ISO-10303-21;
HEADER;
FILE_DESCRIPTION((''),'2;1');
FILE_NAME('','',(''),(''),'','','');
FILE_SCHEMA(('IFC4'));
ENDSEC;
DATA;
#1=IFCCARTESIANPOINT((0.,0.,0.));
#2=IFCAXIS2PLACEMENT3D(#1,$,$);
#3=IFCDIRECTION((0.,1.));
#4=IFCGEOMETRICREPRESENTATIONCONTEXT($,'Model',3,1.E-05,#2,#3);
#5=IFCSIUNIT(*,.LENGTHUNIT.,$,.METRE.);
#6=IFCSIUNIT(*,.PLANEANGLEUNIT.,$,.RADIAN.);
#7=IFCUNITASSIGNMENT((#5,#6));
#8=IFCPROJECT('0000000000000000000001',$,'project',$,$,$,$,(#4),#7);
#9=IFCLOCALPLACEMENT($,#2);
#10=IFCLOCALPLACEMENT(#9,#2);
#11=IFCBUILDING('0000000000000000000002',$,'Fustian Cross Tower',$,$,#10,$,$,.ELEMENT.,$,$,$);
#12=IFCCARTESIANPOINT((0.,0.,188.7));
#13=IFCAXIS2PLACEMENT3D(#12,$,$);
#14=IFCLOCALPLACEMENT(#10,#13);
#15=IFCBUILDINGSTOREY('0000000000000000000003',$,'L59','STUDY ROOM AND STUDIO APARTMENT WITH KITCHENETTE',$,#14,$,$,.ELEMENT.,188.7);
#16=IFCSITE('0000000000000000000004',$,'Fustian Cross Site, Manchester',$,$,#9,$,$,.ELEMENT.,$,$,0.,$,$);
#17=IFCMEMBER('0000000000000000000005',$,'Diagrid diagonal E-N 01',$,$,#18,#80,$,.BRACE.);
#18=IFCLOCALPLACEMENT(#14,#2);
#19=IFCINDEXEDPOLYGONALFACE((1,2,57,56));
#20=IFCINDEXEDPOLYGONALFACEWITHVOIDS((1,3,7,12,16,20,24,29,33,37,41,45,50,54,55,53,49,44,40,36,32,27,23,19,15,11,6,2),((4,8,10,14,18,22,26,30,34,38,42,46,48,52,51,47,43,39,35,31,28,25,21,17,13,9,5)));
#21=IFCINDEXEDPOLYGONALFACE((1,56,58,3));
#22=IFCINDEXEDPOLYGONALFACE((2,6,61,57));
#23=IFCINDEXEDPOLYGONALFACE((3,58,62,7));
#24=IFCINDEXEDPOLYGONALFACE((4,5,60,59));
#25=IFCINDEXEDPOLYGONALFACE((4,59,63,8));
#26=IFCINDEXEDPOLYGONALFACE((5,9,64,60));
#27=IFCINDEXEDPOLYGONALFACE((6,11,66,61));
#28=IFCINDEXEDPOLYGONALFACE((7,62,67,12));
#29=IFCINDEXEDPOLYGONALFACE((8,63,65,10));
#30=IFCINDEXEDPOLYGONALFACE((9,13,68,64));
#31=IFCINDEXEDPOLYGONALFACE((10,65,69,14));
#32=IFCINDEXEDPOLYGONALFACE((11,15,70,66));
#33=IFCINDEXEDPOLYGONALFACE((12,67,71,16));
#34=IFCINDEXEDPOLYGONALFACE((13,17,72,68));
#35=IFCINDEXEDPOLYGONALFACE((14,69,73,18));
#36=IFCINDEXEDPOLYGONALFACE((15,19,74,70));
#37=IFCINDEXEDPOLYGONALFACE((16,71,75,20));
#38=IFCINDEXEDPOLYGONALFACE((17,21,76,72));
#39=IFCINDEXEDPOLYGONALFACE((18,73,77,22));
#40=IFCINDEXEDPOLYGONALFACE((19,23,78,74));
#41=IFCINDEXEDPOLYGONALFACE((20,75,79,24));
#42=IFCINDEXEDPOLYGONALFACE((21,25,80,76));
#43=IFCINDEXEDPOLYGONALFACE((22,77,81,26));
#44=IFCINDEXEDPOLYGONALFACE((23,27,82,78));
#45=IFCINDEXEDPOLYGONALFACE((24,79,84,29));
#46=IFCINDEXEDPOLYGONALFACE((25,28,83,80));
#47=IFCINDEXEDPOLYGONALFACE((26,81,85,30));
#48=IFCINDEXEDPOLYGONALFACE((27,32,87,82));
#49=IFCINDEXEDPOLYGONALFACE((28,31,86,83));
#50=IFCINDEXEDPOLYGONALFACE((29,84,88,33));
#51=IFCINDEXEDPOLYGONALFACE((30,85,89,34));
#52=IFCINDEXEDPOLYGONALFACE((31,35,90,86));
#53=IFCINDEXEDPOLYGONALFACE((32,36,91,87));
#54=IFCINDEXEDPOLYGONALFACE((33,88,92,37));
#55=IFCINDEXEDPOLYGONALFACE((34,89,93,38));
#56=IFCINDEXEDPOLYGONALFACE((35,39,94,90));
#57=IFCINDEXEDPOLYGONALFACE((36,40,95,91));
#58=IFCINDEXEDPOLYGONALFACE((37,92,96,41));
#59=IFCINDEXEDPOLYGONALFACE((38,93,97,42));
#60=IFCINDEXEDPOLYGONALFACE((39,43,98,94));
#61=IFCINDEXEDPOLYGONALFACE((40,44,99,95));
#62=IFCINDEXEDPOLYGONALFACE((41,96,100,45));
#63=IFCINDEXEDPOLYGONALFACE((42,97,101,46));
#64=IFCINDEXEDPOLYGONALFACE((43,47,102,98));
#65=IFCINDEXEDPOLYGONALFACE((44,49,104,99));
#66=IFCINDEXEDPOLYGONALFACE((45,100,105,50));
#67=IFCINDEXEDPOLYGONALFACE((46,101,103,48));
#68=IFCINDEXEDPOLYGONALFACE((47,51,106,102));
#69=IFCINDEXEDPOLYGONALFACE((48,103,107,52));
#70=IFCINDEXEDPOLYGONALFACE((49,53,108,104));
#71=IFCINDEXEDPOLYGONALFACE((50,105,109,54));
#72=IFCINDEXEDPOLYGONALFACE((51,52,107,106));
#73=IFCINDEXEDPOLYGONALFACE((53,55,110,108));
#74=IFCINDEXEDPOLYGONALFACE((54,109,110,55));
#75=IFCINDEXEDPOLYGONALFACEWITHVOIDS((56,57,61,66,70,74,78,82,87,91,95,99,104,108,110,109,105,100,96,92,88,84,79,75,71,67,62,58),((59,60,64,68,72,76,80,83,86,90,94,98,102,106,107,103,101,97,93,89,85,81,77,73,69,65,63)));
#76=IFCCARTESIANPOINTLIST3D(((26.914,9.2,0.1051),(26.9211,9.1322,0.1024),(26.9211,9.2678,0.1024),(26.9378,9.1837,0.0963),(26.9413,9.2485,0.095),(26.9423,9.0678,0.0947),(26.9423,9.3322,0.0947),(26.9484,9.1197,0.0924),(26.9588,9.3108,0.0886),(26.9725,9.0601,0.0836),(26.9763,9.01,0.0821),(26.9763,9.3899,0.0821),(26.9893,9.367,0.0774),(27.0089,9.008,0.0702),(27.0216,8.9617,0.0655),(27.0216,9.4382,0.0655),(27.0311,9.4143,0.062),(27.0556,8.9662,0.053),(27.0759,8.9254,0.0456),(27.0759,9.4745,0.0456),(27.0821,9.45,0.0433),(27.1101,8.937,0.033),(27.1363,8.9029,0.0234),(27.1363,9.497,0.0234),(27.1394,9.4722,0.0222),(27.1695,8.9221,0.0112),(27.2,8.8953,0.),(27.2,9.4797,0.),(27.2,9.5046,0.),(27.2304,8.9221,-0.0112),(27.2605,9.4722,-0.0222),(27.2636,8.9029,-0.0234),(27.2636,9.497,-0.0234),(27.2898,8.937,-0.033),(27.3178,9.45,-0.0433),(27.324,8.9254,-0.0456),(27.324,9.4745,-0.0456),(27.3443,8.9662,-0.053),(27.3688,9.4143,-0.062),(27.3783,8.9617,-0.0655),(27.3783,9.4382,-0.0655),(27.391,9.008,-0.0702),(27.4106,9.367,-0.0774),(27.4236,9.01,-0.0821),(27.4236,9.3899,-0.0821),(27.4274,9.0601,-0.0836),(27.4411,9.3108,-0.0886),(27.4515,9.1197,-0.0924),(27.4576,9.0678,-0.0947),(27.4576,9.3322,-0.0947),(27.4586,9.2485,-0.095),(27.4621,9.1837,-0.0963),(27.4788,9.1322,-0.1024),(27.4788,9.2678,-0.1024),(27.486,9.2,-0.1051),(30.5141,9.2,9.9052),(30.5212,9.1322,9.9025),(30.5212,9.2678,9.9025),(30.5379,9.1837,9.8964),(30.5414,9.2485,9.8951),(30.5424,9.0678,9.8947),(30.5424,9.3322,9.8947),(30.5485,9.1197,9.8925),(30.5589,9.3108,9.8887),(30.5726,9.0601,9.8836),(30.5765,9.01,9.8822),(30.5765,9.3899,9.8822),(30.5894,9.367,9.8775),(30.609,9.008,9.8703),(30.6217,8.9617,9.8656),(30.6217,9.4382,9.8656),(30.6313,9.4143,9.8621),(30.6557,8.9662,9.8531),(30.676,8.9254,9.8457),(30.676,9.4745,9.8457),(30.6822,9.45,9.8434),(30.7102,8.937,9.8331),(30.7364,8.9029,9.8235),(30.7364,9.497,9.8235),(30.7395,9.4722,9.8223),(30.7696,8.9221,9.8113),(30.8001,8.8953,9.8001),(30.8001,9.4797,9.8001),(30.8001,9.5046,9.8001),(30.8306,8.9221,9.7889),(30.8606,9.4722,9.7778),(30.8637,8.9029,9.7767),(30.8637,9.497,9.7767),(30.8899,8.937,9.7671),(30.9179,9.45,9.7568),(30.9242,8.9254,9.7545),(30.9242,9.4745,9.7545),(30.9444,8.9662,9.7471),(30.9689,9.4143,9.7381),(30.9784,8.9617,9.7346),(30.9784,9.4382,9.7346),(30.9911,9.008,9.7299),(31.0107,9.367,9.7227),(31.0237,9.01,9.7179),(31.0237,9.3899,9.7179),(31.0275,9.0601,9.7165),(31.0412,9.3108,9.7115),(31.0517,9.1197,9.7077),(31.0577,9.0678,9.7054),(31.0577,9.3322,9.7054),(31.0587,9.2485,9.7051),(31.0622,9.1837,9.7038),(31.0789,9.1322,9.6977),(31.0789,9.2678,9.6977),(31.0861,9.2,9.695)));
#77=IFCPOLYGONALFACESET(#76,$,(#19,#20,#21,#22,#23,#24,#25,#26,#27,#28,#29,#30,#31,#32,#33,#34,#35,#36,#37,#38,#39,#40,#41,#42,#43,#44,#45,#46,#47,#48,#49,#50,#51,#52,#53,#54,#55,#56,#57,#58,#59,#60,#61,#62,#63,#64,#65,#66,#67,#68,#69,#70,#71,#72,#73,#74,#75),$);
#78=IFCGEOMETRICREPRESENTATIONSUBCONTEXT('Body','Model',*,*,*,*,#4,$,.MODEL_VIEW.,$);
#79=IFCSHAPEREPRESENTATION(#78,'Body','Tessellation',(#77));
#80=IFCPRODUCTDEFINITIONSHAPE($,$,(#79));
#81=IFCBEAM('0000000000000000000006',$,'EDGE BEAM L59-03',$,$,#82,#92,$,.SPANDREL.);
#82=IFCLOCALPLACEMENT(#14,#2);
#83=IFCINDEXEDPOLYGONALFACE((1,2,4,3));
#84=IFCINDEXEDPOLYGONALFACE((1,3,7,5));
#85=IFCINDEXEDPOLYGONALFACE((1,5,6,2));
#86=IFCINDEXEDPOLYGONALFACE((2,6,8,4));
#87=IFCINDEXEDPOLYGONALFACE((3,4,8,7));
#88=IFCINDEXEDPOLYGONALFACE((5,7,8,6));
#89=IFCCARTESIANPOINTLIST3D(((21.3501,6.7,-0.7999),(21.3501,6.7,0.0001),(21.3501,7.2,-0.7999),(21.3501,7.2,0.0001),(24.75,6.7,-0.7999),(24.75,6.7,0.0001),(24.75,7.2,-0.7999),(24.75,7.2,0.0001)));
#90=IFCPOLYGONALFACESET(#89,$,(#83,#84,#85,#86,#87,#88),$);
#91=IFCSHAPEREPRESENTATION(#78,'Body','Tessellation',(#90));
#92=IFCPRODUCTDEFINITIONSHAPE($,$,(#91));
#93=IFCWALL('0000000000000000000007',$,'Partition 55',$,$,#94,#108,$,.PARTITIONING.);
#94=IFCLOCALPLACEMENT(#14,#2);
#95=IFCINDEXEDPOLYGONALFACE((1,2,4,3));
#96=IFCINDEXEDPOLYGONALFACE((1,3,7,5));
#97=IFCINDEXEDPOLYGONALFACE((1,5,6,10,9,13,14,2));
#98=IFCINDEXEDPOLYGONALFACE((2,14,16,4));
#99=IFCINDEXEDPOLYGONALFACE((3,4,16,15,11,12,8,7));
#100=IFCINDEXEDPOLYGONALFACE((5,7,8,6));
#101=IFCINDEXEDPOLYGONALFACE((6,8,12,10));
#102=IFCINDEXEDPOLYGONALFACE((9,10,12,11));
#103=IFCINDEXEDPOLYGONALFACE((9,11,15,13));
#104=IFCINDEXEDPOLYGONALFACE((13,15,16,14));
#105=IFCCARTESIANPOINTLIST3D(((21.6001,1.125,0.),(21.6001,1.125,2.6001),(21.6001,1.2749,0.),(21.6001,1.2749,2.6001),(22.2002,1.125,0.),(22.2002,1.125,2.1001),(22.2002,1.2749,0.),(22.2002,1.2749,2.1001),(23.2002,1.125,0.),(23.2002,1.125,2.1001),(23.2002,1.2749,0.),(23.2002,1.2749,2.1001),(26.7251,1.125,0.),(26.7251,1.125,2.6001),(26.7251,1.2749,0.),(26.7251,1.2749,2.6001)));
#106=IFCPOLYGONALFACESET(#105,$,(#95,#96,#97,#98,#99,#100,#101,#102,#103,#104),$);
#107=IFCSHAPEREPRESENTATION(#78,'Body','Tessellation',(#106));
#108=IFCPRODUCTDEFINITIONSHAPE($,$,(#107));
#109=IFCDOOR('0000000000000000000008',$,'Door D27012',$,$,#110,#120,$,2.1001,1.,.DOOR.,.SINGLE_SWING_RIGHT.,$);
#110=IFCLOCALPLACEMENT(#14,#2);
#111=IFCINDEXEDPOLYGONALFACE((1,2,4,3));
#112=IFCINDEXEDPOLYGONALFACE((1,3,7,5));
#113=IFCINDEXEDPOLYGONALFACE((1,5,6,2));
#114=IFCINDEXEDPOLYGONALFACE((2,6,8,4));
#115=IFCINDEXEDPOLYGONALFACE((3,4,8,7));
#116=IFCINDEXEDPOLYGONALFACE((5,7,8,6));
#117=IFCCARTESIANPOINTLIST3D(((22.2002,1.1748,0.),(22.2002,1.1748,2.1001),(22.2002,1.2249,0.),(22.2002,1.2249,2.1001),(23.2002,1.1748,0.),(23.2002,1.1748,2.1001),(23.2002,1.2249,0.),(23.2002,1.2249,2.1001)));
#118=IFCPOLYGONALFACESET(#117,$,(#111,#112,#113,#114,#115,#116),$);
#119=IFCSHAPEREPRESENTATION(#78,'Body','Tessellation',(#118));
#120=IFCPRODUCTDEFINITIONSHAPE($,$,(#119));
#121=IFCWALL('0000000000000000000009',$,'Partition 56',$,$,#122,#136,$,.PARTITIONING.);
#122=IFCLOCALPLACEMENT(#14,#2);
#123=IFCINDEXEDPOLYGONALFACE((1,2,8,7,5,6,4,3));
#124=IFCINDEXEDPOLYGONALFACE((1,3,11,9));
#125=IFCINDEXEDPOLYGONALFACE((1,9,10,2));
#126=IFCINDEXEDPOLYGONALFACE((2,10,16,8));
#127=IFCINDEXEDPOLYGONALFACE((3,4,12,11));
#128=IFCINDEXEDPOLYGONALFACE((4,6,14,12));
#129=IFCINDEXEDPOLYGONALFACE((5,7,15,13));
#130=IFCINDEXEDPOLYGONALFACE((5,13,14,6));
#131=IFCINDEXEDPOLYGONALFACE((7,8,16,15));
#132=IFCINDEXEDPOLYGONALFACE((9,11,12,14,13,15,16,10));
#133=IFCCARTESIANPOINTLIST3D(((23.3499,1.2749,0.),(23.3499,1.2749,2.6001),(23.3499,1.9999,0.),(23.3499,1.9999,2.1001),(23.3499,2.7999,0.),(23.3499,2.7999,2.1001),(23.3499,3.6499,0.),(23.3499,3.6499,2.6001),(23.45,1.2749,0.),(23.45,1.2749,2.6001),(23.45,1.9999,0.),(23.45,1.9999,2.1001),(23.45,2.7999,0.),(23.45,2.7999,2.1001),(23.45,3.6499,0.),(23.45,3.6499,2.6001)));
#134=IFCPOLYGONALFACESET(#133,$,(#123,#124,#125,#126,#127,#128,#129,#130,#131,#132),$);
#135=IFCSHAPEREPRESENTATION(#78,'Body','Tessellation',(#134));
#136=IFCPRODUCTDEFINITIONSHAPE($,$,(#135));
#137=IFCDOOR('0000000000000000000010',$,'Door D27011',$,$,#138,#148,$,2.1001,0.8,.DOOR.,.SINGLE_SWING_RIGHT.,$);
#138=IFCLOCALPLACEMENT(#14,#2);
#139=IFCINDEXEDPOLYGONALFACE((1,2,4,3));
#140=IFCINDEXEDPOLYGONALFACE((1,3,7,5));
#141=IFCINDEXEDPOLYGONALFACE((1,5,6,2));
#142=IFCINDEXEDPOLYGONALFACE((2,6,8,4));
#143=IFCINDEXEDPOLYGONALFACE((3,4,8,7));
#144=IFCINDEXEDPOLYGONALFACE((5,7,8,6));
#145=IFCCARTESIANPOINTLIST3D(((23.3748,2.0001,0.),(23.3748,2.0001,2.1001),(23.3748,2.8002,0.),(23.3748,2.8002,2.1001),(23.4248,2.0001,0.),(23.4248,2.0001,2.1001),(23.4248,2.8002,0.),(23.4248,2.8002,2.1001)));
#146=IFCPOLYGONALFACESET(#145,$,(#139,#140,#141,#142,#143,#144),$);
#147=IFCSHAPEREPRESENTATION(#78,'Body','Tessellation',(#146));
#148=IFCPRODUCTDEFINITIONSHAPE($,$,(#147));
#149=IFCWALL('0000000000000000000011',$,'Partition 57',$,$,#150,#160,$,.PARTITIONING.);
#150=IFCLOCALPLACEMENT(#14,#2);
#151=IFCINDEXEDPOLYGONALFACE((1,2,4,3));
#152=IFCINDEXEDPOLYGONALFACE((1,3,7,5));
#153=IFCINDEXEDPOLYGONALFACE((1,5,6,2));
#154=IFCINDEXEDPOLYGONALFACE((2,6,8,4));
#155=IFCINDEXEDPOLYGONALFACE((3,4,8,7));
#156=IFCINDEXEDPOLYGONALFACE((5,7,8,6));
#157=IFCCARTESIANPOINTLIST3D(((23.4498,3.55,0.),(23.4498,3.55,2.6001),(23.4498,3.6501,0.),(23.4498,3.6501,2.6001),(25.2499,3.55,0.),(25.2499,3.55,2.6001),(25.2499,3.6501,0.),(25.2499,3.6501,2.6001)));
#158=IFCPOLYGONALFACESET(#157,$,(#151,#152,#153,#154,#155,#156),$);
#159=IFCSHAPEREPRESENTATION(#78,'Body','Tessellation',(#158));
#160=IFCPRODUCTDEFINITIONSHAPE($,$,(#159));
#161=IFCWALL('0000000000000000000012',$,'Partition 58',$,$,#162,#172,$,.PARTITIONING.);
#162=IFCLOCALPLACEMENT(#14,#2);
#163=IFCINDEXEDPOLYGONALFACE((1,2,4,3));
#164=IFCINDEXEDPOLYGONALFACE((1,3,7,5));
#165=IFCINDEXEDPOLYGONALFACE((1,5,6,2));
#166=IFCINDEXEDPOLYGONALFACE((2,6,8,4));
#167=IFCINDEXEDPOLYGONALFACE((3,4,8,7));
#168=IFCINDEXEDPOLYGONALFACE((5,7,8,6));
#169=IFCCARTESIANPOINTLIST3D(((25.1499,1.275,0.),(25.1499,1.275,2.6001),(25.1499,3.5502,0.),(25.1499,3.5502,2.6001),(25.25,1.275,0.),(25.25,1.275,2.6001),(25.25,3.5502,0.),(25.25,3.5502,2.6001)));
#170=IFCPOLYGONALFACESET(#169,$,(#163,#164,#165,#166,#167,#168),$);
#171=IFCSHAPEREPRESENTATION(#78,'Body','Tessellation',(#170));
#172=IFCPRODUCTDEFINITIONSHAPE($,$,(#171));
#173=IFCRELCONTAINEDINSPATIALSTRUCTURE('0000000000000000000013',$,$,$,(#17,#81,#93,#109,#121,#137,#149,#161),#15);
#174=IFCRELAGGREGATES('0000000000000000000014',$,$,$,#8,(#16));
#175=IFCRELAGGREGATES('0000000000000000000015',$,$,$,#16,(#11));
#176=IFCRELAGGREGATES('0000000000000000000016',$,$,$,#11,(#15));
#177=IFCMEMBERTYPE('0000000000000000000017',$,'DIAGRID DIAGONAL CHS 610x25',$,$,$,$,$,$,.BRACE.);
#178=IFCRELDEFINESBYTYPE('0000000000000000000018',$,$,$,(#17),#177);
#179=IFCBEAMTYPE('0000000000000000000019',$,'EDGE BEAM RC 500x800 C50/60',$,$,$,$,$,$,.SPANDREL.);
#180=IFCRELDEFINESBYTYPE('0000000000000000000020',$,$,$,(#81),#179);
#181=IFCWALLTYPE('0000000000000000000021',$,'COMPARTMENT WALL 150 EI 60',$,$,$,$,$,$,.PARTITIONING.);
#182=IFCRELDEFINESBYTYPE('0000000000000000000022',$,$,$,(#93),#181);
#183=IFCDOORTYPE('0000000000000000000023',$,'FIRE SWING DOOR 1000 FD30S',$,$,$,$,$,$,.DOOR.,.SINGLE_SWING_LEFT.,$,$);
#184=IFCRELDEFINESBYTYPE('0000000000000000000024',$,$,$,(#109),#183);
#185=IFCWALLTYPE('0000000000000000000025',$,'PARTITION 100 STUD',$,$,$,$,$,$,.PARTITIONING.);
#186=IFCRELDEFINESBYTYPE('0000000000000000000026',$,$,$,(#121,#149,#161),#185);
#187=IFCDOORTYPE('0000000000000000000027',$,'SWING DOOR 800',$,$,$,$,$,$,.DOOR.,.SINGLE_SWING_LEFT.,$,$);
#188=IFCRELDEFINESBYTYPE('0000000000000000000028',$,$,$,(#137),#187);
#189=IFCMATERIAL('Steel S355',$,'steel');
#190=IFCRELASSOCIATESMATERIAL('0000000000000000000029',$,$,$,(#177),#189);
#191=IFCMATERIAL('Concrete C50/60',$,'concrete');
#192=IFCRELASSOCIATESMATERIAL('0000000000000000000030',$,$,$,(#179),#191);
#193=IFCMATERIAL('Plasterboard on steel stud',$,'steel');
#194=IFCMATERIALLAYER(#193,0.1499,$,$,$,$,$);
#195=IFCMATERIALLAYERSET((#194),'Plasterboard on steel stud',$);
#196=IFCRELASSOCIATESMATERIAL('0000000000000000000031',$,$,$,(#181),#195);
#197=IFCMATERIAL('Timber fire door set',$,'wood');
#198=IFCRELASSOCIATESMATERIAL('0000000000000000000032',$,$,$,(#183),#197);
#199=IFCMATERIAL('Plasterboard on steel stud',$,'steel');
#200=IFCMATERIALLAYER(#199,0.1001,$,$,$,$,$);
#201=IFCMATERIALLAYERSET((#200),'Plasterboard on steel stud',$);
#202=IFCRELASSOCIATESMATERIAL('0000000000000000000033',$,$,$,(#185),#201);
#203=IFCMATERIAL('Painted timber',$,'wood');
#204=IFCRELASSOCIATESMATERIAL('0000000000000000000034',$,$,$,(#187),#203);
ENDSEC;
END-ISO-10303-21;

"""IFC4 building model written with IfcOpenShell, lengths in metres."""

from ifc_helpers import new_model, si_unit, direction, frame, frame_2d, origin, origin_2d, place, context, subcontext, project, spatial, rectangle, hollow_circle, extrude, material, layer, layer_set, material_profile, profile_set, type_object, element, fill, save


model = new_model("IFC4")

# Units and contexts
model_context = context("Model", 3, precision=1e-05, world=origin(), true_north=direction((0.0, 1.0)))
body_context = subcontext(model_context, "Body", "Model", "MODEL_VIEW")
ifc_project = project(units=[si_unit("LENGTHUNIT", "METRE"), si_unit("PLANEANGLEUNIT", "RADIAN")], contexts=[model_context])

# Site, building, storey
site_placement = place(None, origin())
site = spatial("IfcSite", under=ifc_project, at=site_placement, Name="Fustian Cross Site, Manchester", CompositionType="ELEMENT", RefElevation=0.0)
building_placement = place(site_placement, origin())
building = spatial("IfcBuilding", under=site, at=building_placement, Name="Fustian Cross Tower", CompositionType="ELEMENT")
storey_placement = place(building_placement, frame((0.0, 0.0, 188.7)))
storey = spatial("IfcBuildingStorey", under=building, at=storey_placement, Name="L59", Description="STUDY ROOM AND STUDIO APARTMENT WITH KITCHENETTE", CompositionType="ELEMENT", Elevation=188.7)

# Member
ifc_material_1 = material(Name="Steel S355", Category="steel")
ifc_material_profile_1 = material_profile(ifc_material_1, hollow_circle(Radius=0.3047, WallThickness=0.0249, at=origin_2d()), Name="CHS 610x25")
ifc_profile_set_1 = profile_set([ifc_material_profile_1], Name="Steel S355")
member_type_1 = type_object("IfcMemberType", Name="DIAGRID DIAGONAL CHS 610x25", PredefinedType="BRACE", material=ifc_profile_set_1)
member_1_placement = place(storey_placement, frame((27.2, 9.2, 0.0), z_axis=(0.344824, 0.0, 0.938667), x_axis=(0.0, 1.0, 0.0)))
element("IfcMember", 1, at=member_1_placement, inside=storey, type_object=member_type_1, Name="Diagrid diagonal E-N 01", PredefinedType="BRACE", context=body_context, shape_type="SweptSolid", body=[
    extrude(hollow_circle(Radius=0.3047, WallThickness=0.0249, at=origin_2d()), origin(), (0.0, 0.0, 1.0), 10.4404),
])

# Beam
ifc_material_2 = material(Name="Concrete C50/60", Category="concrete")
ifc_material_profile_2 = material_profile(ifc_material_2, rectangle(XDim=0.5, YDim=0.8, at=origin_2d()), Name="RC 500x800")
ifc_profile_set_2 = profile_set([ifc_material_profile_2], Name="Concrete C50/60")
beam_type = type_object("IfcBeamType", Name="EDGE BEAM RC 500x800 C50/60", PredefinedType="SPANDREL", material=ifc_profile_set_2)
beam_placement = place(storey_placement, frame((24.75, 6.95, -0.3999), z_axis=(-1.0, 0.0, 0.0), x_axis=(0.0, -1.0, 0.0)))
element("IfcBeam", 2, at=beam_placement, inside=storey, type_object=beam_type, Name="EDGE BEAM L59-03", PredefinedType="SPANDREL", context=body_context, shape_type="SweptSolid", body=[
    extrude(rectangle(XDim=0.5, YDim=0.8, at=origin_2d()), origin(), (0.0, 0.0, 1.0), 3.3999),
])

# Walls, openings, doors
ifc_material_3 = material(Name="Plasterboard on steel stud", Category="steel")
ifc_layer_1 = layer(ifc_material_3, 0.1499)
ifc_layer_set_1 = layer_set([ifc_layer_1], Name="Plasterboard on steel stud")
wall_type_1 = type_object("IfcWallType", Name="COMPARTMENT WALL 150 EI 60", PredefinedType="PARTITIONING", material=ifc_layer_set_1)
wall_1_placement = place(storey_placement, frame((21.6001, 1.2, 0.0), z_axis=(0.0, 0.0, 1.0), x_axis=(1.0, 0.0, 0.0)))
wall_1 = element("IfcWall", 3, at=wall_1_placement, inside=storey, type_object=wall_type_1, Name="Partition 55", PredefinedType="PARTITIONING", context=body_context, shape_type="SweptSolid", body=[
    extrude(rectangle(XDim=5.125, YDim=0.1499, at=frame_2d((2.5625, 0.0))), origin(), (0.0, 0.0, 1.0), 2.6001),
])
opening_1_placement = place(wall_1_placement, frame((0.6001, 0.0, 0.0)))
opening_1 = element("IfcOpeningElement", 4, at=opening_1_placement, cuts=wall_1, PredefinedType="OPENING", context=body_context, shape_type="SweptSolid", body=[
    extrude(rectangle(XDim=1.0, YDim=2.1001, at=frame_2d((0.5, 1.05))), frame((0.0, 0.085, 0.0), z_axis=(0.0, -1.0, 0.0), x_axis=(1.0, 0.0, 0.0)), (0.0, 0.0, 1.0), 0.1699),
])
ifc_material_4 = material(Name="Timber fire door set", Category="wood")
door_type_1 = type_object("IfcDoorType", Name="FIRE SWING DOOR 1000 FD30S", OperationType="SINGLE_SWING_LEFT", PredefinedType="DOOR", material=ifc_material_4)
door_1_placement = place(opening_1_placement, origin())
door_1 = element("IfcDoor", 5, at=door_1_placement, inside=storey, type_object=door_type_1, Name="Door D27012", OperationType="SINGLE_SWING_RIGHT", OverallHeight=2.1001, OverallWidth=1.0, PredefinedType="DOOR", context=body_context, shape_type="SweptSolid", body=[
    extrude(rectangle(XDim=1.0, YDim=2.1001, at=frame_2d((0.5, 1.05))), frame((0.0, 0.0249, 0.0), z_axis=(0.0, -1.0, 0.0), x_axis=(1.0, 0.0, 0.0)), (0.0, 0.0, 1.0), 0.05),
])
fill(opening_1, door_1)
ifc_material_5 = material(Name="Plasterboard on steel stud", Category="steel")
ifc_layer_2 = layer(ifc_material_5, 0.1001)
ifc_layer_set_2 = layer_set([ifc_layer_2], Name="Plasterboard on steel stud")
wall_type_2 = type_object("IfcWallType", Name="PARTITION 100 STUD", PredefinedType="PARTITIONING", material=ifc_layer_set_2)
wall_2_placement = place(storey_placement, frame((23.3999, 1.2749, 0.0), z_axis=(0.0, 0.0, 1.0), x_axis=(0.0, 1.0, 0.0)))
wall_2 = element("IfcWall", 6, at=wall_2_placement, inside=storey, type_object=wall_type_2, Name="Partition 56", PredefinedType="PARTITIONING", context=body_context, shape_type="SweptSolid", body=[
    extrude(rectangle(XDim=2.375, YDim=0.1001, at=frame_2d((1.1875, 0.0))), origin(), (0.0, 0.0, 1.0), 2.6001),
])
opening_2_placement = place(wall_2_placement, frame((0.7251, 0.0, 0.0)))
opening_2 = element("IfcOpeningElement", 7, at=opening_2_placement, cuts=wall_2, PredefinedType="OPENING", context=body_context, shape_type="SweptSolid", body=[
    extrude(rectangle(XDim=0.8, YDim=2.1001, at=frame_2d((0.3999, 1.05))), frame((0.0, 0.0601, 0.0), z_axis=(0.0, -1.0, 0.0), x_axis=(1.0, 0.0, 0.0)), (0.0, 0.0, 1.0), 0.1201),
])
ifc_material_6 = material(Name="Painted timber", Category="wood")
door_type_2 = type_object("IfcDoorType", Name="SWING DOOR 800", OperationType="SINGLE_SWING_LEFT", PredefinedType="DOOR", material=ifc_material_6)
door_2_placement = place(opening_2_placement, frame((0.8, 0.0, 0.0), z_axis=(0.0, 0.0, 1.0), x_axis=(-1.0, 0.0, 0.0)))
door_2 = element("IfcDoor", 8, at=door_2_placement, inside=storey, type_object=door_type_2, Name="Door D27011", OperationType="SINGLE_SWING_RIGHT", OverallHeight=2.1001, OverallWidth=0.8, PredefinedType="DOOR", context=body_context, shape_type="SweptSolid", body=[
    extrude(rectangle(XDim=0.8, YDim=2.1001, at=frame_2d((0.3999, 1.05))), frame((0.0, 0.0249, 0.0), z_axis=(0.0, -1.0, 0.0), x_axis=(1.0, 0.0, 0.0)), (0.0, 0.0, 1.0), 0.05),
])
fill(opening_2, door_2)

# Walls
wall_3_placement = place(storey_placement, frame((23.45, 3.6001, 0.0), z_axis=(0.0, 0.0, 1.0), x_axis=(1.0, 0.0, 0.0)))
element("IfcWall", 9, at=wall_3_placement, inside=storey, type_object=wall_type_2, Name="Partition 57", PredefinedType="PARTITIONING", context=body_context, shape_type="SweptSolid", body=[
    extrude(rectangle(XDim=1.8, YDim=0.1001, at=frame_2d((0.8999, 0.0))), origin(), (0.0, 0.0, 1.0), 2.6001),
])
wall_4_placement = place(storey_placement, frame((25.2, 1.2749, 0.0), z_axis=(0.0, 0.0, 1.0), x_axis=(0.0, 1.0, 0.0)))
element("IfcWall", 10, at=wall_4_placement, inside=storey, type_object=wall_type_2, Name="Partition 58", PredefinedType="PARTITIONING", context=body_context, shape_type="SweptSolid", body=[
    extrude(rectangle(XDim=2.2751, YDim=0.1001, at=frame_2d((1.1377, 0.0))), origin(), (0.0, 0.0, 1.0), 2.6001),
])

save(model, "model.ifc")
